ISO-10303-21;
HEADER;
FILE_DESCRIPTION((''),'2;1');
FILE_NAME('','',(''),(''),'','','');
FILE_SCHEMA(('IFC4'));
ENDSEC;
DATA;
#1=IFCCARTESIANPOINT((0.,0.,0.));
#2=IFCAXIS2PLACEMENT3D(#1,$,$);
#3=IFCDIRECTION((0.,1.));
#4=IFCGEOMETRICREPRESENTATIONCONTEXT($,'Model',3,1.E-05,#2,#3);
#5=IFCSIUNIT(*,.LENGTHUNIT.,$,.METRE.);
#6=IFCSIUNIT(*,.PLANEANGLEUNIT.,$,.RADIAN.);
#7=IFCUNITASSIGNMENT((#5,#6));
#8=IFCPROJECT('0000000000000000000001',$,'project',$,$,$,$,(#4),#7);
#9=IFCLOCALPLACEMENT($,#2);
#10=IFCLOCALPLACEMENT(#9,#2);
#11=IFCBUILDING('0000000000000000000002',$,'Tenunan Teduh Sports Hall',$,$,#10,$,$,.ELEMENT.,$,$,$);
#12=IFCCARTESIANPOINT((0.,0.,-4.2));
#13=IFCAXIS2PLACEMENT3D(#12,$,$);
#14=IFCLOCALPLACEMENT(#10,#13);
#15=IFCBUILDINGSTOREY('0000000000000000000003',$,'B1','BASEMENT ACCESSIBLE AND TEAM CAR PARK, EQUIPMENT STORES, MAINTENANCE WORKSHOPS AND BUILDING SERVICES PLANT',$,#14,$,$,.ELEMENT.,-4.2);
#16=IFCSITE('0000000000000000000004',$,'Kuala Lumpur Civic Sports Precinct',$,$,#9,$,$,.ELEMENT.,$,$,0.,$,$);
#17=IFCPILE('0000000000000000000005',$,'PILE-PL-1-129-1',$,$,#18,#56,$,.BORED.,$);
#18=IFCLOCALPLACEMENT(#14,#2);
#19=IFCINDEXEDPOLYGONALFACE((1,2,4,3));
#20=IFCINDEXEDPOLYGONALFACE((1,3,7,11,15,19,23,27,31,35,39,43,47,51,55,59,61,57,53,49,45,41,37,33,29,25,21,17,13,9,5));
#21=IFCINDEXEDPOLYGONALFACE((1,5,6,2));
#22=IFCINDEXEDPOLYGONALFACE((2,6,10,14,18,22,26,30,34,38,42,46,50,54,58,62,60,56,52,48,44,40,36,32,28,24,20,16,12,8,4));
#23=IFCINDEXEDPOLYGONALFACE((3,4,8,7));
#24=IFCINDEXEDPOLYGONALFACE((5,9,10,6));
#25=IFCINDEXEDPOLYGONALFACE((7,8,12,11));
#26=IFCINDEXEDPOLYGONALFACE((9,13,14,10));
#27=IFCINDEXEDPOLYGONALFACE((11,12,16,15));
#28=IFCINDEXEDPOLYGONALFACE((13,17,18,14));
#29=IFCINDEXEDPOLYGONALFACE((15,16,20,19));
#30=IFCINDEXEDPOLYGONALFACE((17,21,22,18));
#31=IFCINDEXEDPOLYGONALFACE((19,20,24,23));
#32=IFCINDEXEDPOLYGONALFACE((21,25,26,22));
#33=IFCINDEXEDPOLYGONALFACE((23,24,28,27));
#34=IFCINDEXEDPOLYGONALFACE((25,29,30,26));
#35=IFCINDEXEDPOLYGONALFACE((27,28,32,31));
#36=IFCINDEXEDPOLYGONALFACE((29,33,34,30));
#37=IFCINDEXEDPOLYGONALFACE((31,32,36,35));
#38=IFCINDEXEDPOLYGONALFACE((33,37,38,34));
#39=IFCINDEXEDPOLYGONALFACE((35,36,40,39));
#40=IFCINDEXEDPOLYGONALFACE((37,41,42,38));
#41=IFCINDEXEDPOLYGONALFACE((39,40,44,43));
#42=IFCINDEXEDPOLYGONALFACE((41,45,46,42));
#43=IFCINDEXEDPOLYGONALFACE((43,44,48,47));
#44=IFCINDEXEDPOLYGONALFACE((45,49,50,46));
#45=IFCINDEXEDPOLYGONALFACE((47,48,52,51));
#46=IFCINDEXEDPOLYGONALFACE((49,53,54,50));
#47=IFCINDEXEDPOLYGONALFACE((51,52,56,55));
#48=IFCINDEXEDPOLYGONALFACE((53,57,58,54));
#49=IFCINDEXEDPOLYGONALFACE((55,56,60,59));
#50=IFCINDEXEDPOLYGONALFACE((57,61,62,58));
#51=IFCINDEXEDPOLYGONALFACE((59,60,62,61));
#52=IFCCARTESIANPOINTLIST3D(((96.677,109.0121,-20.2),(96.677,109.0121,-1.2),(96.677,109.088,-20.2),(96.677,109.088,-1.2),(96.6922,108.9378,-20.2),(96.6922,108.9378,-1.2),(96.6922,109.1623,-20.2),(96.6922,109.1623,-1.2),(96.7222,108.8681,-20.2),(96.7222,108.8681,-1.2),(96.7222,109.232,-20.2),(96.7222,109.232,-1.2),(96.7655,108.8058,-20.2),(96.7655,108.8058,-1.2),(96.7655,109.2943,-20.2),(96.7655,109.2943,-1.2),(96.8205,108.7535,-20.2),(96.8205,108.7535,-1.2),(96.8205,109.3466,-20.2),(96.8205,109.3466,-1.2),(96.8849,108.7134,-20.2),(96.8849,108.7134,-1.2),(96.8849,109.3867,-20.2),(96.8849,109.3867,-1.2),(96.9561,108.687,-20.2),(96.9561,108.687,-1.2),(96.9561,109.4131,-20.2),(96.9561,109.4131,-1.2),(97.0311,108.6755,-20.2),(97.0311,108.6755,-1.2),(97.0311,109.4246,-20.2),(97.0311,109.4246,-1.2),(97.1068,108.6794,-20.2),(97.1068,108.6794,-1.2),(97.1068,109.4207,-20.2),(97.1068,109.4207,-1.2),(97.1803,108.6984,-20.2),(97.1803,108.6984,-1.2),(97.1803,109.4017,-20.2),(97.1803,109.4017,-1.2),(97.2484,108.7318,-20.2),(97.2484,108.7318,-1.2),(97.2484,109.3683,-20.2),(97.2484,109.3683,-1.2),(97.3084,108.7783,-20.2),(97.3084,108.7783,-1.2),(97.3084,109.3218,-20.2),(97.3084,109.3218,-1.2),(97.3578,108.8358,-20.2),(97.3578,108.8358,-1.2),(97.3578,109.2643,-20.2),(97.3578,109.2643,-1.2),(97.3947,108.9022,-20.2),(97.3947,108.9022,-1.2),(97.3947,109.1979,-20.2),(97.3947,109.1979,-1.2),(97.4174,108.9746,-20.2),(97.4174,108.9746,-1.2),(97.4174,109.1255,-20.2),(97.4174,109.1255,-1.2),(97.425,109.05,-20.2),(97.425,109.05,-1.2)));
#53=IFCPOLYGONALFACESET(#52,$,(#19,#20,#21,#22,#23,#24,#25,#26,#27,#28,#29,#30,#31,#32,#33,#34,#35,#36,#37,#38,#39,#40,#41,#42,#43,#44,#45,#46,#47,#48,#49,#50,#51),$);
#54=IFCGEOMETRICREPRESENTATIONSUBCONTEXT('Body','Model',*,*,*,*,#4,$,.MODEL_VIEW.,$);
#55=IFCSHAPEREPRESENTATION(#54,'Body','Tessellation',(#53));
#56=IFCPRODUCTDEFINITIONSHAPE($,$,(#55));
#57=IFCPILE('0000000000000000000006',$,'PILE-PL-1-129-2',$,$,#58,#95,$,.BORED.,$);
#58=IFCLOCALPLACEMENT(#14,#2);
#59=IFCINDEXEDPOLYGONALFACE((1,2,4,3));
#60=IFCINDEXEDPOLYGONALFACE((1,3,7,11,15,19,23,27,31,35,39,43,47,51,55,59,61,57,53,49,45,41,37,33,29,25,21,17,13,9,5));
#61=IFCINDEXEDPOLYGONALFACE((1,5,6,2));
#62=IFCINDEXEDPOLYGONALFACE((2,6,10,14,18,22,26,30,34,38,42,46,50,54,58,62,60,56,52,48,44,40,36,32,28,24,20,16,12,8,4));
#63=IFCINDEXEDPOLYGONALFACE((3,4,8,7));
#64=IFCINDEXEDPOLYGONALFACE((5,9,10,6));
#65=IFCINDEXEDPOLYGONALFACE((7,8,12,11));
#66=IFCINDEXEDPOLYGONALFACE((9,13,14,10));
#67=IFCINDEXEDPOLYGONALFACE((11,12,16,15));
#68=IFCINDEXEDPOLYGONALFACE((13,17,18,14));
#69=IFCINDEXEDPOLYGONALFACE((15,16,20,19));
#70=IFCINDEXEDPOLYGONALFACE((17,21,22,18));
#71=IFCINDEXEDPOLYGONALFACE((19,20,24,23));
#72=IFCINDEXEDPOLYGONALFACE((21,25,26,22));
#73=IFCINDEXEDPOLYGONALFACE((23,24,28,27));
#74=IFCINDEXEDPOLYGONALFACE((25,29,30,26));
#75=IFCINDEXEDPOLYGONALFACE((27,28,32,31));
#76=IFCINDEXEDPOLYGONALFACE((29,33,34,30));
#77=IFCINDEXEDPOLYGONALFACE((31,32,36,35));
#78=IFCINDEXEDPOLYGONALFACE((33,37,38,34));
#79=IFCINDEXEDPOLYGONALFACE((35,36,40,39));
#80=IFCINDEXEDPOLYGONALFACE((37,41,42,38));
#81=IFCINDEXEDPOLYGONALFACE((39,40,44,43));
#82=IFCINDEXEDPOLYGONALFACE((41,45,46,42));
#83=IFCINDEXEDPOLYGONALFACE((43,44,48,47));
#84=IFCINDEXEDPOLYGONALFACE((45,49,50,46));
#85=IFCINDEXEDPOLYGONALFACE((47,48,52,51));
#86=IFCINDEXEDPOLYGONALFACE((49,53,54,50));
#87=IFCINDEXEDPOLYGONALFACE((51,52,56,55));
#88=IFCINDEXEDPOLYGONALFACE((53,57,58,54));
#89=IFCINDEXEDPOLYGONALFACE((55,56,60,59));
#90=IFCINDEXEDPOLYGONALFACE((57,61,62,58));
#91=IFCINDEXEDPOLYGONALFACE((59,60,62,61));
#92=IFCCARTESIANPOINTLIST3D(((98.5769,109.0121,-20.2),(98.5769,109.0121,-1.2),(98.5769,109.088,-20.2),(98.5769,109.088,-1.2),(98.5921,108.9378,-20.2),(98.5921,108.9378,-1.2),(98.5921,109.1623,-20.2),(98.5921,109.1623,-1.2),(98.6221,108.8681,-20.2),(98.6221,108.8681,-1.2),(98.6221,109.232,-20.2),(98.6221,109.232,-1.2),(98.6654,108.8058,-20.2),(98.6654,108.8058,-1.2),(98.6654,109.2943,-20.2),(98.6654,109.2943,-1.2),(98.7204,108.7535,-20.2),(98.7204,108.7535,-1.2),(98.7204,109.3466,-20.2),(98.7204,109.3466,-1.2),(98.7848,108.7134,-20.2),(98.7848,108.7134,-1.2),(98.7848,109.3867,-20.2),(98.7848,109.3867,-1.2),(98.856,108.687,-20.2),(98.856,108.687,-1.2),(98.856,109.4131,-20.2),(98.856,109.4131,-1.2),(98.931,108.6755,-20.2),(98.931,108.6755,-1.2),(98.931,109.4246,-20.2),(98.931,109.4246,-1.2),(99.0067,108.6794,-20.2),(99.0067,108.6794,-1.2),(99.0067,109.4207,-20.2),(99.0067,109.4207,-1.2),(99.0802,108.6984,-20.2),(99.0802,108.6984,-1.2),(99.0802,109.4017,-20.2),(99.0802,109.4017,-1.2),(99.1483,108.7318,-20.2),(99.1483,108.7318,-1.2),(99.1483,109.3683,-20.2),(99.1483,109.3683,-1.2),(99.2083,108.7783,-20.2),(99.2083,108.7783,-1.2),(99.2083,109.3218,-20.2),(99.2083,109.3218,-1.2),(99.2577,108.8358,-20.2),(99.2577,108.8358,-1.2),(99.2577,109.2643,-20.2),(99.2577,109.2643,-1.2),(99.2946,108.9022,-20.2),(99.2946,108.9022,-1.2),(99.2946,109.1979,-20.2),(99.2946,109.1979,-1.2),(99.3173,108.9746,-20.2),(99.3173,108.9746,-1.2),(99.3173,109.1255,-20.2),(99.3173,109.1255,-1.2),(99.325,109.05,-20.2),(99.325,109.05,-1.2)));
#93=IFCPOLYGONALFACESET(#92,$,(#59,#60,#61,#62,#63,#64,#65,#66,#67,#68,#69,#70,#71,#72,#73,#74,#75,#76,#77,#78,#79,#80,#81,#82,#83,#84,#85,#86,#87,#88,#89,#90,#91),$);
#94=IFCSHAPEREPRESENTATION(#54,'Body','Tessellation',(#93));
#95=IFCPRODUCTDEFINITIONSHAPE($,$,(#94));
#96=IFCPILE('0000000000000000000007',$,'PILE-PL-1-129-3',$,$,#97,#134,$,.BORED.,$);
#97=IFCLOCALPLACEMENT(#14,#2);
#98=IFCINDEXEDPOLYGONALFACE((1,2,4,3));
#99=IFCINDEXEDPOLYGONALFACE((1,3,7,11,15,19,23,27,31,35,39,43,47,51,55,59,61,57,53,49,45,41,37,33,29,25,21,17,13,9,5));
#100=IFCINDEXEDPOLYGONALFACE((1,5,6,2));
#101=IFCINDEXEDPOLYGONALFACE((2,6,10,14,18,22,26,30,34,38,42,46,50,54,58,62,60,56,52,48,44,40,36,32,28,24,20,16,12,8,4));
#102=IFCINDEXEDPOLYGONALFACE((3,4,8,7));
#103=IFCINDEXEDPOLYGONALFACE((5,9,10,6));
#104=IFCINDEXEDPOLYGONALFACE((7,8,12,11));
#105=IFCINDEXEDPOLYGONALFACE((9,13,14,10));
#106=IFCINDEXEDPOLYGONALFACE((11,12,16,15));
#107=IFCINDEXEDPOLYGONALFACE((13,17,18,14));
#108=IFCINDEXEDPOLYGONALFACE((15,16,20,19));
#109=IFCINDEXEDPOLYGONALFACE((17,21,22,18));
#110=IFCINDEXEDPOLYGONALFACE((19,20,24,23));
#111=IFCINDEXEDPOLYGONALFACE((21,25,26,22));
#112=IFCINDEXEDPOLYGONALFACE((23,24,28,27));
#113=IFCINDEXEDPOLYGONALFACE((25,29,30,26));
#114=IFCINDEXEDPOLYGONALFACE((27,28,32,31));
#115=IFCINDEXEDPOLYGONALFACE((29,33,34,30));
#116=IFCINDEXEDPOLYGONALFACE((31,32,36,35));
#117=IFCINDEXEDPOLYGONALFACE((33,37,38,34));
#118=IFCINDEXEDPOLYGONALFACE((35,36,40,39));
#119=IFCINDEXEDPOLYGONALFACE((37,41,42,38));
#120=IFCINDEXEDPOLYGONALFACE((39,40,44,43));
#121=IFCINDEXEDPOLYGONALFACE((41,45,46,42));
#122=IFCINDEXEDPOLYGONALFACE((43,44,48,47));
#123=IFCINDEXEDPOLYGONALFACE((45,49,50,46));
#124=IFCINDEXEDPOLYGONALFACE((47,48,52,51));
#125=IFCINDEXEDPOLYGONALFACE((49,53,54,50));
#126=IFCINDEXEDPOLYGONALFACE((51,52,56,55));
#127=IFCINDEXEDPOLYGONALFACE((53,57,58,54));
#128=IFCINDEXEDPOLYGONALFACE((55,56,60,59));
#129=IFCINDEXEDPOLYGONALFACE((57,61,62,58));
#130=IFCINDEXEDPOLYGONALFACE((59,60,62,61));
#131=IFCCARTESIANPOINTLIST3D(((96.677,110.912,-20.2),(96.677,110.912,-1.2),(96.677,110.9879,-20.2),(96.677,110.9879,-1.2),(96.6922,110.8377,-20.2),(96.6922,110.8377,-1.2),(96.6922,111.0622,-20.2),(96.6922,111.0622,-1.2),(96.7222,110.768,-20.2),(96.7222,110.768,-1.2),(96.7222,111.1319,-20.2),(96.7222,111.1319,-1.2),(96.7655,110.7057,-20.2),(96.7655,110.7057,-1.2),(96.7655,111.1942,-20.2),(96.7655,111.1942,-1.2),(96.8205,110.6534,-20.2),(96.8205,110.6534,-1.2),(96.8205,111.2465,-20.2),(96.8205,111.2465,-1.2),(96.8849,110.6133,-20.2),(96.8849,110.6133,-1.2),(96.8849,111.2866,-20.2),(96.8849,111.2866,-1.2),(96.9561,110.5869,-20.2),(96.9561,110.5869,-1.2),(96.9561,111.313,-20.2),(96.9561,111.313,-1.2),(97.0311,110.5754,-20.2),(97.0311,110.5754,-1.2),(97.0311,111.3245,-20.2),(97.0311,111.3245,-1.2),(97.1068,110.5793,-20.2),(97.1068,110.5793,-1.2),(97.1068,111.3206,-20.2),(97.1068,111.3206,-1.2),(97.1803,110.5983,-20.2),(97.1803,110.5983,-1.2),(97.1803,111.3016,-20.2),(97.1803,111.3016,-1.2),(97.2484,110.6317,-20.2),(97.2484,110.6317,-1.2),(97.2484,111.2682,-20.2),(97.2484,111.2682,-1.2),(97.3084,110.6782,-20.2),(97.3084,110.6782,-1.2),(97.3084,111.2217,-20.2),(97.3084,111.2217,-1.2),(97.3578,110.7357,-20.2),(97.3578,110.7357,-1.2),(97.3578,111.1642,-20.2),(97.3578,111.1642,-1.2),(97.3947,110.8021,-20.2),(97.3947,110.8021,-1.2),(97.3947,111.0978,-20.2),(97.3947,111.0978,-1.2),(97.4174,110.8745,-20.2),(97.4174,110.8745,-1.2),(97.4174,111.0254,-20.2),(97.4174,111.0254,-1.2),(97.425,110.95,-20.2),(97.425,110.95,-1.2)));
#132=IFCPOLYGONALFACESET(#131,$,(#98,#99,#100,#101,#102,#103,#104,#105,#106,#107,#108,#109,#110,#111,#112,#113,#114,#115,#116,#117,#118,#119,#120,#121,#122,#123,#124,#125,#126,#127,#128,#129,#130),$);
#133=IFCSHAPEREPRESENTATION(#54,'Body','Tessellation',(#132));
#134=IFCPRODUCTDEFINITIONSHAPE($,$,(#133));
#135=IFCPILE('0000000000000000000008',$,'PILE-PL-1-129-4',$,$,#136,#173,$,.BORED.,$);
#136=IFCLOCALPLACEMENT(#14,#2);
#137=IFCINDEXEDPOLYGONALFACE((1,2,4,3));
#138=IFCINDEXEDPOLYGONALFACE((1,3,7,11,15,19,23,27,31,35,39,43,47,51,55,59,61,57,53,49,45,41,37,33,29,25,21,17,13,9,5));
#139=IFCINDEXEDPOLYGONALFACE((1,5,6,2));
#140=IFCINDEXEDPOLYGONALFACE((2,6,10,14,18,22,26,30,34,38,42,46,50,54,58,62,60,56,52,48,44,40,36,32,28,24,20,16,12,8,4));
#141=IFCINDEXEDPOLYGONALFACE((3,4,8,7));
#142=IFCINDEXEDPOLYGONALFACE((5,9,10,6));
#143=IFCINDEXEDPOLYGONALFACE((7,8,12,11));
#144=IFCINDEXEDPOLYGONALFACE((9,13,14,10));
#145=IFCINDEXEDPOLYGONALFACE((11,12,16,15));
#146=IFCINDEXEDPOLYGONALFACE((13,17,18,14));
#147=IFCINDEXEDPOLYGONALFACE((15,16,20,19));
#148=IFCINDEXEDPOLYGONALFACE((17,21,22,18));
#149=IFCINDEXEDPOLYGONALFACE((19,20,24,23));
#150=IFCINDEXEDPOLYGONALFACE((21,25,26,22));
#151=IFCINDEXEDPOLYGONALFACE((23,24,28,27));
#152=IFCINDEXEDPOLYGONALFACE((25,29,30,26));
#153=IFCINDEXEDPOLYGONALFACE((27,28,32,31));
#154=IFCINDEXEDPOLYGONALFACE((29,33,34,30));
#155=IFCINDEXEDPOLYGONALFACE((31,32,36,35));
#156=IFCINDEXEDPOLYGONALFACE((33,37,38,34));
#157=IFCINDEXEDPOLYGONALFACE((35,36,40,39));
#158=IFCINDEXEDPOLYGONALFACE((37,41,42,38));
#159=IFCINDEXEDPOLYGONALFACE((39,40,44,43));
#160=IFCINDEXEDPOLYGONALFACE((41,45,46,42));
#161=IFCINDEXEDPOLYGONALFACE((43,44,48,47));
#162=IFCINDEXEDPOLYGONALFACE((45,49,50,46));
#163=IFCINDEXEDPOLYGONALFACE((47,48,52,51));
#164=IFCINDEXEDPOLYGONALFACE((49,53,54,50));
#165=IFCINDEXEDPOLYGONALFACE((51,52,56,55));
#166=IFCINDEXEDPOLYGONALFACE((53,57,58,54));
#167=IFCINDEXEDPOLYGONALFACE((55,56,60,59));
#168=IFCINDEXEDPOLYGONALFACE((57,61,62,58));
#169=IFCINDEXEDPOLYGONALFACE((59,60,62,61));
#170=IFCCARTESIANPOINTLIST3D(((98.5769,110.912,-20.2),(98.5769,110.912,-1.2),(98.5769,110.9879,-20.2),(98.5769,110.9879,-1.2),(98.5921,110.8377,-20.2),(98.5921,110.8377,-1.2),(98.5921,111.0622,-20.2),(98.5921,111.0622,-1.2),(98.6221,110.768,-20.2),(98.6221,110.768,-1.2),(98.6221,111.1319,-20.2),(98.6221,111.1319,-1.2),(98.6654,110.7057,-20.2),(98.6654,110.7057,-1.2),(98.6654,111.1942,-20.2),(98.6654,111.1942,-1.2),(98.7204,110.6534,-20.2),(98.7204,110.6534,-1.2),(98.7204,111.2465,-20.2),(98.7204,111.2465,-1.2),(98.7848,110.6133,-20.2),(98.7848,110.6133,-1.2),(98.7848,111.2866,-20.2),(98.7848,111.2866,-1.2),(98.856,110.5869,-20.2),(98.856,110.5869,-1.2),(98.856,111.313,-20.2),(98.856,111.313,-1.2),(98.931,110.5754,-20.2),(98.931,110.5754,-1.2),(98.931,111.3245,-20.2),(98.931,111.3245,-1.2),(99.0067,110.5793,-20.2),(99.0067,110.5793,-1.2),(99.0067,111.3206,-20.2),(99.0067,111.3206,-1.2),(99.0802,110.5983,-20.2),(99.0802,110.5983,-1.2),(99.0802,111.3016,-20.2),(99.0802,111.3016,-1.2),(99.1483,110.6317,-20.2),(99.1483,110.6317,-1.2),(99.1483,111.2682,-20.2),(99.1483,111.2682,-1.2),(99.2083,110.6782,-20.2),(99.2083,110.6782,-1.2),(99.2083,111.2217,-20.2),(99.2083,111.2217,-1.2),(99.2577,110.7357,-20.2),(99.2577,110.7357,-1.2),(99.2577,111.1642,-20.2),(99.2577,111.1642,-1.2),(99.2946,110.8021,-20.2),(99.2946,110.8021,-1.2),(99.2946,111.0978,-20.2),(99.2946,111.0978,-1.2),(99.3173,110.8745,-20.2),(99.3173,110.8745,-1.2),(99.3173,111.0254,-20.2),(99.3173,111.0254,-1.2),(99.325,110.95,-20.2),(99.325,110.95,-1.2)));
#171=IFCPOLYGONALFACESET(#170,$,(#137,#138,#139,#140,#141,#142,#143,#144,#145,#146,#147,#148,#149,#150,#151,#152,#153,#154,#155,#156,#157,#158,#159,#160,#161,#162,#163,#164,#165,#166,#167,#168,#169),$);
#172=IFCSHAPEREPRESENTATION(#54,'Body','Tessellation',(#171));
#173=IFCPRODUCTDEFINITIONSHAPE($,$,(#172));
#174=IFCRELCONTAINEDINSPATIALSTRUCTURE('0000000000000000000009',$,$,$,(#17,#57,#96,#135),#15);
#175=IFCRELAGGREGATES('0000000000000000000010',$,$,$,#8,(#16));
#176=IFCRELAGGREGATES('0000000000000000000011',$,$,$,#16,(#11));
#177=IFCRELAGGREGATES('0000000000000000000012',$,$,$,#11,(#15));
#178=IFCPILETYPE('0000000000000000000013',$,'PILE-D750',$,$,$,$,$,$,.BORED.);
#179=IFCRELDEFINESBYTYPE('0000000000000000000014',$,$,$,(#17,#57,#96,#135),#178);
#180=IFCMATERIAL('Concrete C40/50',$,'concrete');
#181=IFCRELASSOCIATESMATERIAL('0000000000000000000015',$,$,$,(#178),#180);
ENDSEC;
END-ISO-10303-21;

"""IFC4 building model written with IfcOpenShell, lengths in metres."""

from ifc_helpers import new_model, si_unit, direction, frame, origin, origin_2d, place, context, subcontext, project, spatial, circle, extrude, material, material_profile, profile_set, type_object, element, save


model = new_model("IFC4")

# Units and contexts
model_context = context("Model", 3, precision=1e-05, world=origin(), true_north=direction((0.0, 1.0)))
body_context = subcontext(model_context, "Body", "Model", "MODEL_VIEW")
ifc_project = project(units=[si_unit("LENGTHUNIT", "METRE"), si_unit("PLANEANGLEUNIT", "RADIAN")], contexts=[model_context])

# Site, building, storey
site_placement = place(None, origin())
site = spatial("IfcSite", under=ifc_project, at=site_placement, Name="Kuala Lumpur Civic Sports Precinct", CompositionType="ELEMENT", RefElevation=0.0)
building_placement = place(site_placement, origin())
building = spatial("IfcBuilding", under=site, at=building_placement, Name="Tenunan Teduh Sports Hall", CompositionType="ELEMENT")
storey_placement = place(building_placement, frame((0.0, 0.0, -4.2)))
storey = spatial("IfcBuildingStorey", under=building, at=storey_placement, Name="B1", Description="BASEMENT ACCESSIBLE AND TEAM CAR PARK, EQUIPMENT STORES, MAINTENANCE WORKSHOPS AND BUILDING SERVICES PLANT", CompositionType="ELEMENT", Elevation=-4.2)

# Piles
ifc_material_1 = material(Name="Concrete C40/50", Category="concrete")
ifc_material_profile_1 = material_profile(ifc_material_1, circle(Radius=0.375, at=origin_2d()), Name="PILE D750")
ifc_profile_set_1 = profile_set([ifc_material_profile_1], Name="Concrete C40/50")
pile_type_1 = type_object("IfcPileType", Name="PILE-D750", PredefinedType="BORED", material=ifc_profile_set_1)
for number, where, z_axis, x_axis, name in (
    (1, (97.05, 109.05, -1.2), (0.0, 0.0, -1.0), (1.0, 0.0, 0.0), "PILE-PL-1-129-1"),
    (2, (98.95, 109.05, -1.2), (0.0, 0.0, -1.0), (1.0, 0.0, 0.0), "PILE-PL-1-129-2"),
    (3, (97.05, 110.95, -1.2), (0.0, 0.0, -1.0), (1.0, 0.0, 0.0), "PILE-PL-1-129-3"),
    (4, (98.95, 110.95, -1.2), (0.0, 0.0, -1.0), (1.0, 0.0, 0.0), "PILE-PL-1-129-4"),
):
    element("IfcPile", number, at=place(storey_placement, frame(where, z_axis=z_axis, x_axis=x_axis)), inside=storey, type_object=pile_type_1, Name=name, PredefinedType="BORED", context=body_context, shape_type="SweptSolid", body=[
        extrude(circle(Radius=0.375, at=origin_2d()), origin(), (0.0, 0.0, 1.0), 19.0),
    ])

save(model, "model.ifc")
